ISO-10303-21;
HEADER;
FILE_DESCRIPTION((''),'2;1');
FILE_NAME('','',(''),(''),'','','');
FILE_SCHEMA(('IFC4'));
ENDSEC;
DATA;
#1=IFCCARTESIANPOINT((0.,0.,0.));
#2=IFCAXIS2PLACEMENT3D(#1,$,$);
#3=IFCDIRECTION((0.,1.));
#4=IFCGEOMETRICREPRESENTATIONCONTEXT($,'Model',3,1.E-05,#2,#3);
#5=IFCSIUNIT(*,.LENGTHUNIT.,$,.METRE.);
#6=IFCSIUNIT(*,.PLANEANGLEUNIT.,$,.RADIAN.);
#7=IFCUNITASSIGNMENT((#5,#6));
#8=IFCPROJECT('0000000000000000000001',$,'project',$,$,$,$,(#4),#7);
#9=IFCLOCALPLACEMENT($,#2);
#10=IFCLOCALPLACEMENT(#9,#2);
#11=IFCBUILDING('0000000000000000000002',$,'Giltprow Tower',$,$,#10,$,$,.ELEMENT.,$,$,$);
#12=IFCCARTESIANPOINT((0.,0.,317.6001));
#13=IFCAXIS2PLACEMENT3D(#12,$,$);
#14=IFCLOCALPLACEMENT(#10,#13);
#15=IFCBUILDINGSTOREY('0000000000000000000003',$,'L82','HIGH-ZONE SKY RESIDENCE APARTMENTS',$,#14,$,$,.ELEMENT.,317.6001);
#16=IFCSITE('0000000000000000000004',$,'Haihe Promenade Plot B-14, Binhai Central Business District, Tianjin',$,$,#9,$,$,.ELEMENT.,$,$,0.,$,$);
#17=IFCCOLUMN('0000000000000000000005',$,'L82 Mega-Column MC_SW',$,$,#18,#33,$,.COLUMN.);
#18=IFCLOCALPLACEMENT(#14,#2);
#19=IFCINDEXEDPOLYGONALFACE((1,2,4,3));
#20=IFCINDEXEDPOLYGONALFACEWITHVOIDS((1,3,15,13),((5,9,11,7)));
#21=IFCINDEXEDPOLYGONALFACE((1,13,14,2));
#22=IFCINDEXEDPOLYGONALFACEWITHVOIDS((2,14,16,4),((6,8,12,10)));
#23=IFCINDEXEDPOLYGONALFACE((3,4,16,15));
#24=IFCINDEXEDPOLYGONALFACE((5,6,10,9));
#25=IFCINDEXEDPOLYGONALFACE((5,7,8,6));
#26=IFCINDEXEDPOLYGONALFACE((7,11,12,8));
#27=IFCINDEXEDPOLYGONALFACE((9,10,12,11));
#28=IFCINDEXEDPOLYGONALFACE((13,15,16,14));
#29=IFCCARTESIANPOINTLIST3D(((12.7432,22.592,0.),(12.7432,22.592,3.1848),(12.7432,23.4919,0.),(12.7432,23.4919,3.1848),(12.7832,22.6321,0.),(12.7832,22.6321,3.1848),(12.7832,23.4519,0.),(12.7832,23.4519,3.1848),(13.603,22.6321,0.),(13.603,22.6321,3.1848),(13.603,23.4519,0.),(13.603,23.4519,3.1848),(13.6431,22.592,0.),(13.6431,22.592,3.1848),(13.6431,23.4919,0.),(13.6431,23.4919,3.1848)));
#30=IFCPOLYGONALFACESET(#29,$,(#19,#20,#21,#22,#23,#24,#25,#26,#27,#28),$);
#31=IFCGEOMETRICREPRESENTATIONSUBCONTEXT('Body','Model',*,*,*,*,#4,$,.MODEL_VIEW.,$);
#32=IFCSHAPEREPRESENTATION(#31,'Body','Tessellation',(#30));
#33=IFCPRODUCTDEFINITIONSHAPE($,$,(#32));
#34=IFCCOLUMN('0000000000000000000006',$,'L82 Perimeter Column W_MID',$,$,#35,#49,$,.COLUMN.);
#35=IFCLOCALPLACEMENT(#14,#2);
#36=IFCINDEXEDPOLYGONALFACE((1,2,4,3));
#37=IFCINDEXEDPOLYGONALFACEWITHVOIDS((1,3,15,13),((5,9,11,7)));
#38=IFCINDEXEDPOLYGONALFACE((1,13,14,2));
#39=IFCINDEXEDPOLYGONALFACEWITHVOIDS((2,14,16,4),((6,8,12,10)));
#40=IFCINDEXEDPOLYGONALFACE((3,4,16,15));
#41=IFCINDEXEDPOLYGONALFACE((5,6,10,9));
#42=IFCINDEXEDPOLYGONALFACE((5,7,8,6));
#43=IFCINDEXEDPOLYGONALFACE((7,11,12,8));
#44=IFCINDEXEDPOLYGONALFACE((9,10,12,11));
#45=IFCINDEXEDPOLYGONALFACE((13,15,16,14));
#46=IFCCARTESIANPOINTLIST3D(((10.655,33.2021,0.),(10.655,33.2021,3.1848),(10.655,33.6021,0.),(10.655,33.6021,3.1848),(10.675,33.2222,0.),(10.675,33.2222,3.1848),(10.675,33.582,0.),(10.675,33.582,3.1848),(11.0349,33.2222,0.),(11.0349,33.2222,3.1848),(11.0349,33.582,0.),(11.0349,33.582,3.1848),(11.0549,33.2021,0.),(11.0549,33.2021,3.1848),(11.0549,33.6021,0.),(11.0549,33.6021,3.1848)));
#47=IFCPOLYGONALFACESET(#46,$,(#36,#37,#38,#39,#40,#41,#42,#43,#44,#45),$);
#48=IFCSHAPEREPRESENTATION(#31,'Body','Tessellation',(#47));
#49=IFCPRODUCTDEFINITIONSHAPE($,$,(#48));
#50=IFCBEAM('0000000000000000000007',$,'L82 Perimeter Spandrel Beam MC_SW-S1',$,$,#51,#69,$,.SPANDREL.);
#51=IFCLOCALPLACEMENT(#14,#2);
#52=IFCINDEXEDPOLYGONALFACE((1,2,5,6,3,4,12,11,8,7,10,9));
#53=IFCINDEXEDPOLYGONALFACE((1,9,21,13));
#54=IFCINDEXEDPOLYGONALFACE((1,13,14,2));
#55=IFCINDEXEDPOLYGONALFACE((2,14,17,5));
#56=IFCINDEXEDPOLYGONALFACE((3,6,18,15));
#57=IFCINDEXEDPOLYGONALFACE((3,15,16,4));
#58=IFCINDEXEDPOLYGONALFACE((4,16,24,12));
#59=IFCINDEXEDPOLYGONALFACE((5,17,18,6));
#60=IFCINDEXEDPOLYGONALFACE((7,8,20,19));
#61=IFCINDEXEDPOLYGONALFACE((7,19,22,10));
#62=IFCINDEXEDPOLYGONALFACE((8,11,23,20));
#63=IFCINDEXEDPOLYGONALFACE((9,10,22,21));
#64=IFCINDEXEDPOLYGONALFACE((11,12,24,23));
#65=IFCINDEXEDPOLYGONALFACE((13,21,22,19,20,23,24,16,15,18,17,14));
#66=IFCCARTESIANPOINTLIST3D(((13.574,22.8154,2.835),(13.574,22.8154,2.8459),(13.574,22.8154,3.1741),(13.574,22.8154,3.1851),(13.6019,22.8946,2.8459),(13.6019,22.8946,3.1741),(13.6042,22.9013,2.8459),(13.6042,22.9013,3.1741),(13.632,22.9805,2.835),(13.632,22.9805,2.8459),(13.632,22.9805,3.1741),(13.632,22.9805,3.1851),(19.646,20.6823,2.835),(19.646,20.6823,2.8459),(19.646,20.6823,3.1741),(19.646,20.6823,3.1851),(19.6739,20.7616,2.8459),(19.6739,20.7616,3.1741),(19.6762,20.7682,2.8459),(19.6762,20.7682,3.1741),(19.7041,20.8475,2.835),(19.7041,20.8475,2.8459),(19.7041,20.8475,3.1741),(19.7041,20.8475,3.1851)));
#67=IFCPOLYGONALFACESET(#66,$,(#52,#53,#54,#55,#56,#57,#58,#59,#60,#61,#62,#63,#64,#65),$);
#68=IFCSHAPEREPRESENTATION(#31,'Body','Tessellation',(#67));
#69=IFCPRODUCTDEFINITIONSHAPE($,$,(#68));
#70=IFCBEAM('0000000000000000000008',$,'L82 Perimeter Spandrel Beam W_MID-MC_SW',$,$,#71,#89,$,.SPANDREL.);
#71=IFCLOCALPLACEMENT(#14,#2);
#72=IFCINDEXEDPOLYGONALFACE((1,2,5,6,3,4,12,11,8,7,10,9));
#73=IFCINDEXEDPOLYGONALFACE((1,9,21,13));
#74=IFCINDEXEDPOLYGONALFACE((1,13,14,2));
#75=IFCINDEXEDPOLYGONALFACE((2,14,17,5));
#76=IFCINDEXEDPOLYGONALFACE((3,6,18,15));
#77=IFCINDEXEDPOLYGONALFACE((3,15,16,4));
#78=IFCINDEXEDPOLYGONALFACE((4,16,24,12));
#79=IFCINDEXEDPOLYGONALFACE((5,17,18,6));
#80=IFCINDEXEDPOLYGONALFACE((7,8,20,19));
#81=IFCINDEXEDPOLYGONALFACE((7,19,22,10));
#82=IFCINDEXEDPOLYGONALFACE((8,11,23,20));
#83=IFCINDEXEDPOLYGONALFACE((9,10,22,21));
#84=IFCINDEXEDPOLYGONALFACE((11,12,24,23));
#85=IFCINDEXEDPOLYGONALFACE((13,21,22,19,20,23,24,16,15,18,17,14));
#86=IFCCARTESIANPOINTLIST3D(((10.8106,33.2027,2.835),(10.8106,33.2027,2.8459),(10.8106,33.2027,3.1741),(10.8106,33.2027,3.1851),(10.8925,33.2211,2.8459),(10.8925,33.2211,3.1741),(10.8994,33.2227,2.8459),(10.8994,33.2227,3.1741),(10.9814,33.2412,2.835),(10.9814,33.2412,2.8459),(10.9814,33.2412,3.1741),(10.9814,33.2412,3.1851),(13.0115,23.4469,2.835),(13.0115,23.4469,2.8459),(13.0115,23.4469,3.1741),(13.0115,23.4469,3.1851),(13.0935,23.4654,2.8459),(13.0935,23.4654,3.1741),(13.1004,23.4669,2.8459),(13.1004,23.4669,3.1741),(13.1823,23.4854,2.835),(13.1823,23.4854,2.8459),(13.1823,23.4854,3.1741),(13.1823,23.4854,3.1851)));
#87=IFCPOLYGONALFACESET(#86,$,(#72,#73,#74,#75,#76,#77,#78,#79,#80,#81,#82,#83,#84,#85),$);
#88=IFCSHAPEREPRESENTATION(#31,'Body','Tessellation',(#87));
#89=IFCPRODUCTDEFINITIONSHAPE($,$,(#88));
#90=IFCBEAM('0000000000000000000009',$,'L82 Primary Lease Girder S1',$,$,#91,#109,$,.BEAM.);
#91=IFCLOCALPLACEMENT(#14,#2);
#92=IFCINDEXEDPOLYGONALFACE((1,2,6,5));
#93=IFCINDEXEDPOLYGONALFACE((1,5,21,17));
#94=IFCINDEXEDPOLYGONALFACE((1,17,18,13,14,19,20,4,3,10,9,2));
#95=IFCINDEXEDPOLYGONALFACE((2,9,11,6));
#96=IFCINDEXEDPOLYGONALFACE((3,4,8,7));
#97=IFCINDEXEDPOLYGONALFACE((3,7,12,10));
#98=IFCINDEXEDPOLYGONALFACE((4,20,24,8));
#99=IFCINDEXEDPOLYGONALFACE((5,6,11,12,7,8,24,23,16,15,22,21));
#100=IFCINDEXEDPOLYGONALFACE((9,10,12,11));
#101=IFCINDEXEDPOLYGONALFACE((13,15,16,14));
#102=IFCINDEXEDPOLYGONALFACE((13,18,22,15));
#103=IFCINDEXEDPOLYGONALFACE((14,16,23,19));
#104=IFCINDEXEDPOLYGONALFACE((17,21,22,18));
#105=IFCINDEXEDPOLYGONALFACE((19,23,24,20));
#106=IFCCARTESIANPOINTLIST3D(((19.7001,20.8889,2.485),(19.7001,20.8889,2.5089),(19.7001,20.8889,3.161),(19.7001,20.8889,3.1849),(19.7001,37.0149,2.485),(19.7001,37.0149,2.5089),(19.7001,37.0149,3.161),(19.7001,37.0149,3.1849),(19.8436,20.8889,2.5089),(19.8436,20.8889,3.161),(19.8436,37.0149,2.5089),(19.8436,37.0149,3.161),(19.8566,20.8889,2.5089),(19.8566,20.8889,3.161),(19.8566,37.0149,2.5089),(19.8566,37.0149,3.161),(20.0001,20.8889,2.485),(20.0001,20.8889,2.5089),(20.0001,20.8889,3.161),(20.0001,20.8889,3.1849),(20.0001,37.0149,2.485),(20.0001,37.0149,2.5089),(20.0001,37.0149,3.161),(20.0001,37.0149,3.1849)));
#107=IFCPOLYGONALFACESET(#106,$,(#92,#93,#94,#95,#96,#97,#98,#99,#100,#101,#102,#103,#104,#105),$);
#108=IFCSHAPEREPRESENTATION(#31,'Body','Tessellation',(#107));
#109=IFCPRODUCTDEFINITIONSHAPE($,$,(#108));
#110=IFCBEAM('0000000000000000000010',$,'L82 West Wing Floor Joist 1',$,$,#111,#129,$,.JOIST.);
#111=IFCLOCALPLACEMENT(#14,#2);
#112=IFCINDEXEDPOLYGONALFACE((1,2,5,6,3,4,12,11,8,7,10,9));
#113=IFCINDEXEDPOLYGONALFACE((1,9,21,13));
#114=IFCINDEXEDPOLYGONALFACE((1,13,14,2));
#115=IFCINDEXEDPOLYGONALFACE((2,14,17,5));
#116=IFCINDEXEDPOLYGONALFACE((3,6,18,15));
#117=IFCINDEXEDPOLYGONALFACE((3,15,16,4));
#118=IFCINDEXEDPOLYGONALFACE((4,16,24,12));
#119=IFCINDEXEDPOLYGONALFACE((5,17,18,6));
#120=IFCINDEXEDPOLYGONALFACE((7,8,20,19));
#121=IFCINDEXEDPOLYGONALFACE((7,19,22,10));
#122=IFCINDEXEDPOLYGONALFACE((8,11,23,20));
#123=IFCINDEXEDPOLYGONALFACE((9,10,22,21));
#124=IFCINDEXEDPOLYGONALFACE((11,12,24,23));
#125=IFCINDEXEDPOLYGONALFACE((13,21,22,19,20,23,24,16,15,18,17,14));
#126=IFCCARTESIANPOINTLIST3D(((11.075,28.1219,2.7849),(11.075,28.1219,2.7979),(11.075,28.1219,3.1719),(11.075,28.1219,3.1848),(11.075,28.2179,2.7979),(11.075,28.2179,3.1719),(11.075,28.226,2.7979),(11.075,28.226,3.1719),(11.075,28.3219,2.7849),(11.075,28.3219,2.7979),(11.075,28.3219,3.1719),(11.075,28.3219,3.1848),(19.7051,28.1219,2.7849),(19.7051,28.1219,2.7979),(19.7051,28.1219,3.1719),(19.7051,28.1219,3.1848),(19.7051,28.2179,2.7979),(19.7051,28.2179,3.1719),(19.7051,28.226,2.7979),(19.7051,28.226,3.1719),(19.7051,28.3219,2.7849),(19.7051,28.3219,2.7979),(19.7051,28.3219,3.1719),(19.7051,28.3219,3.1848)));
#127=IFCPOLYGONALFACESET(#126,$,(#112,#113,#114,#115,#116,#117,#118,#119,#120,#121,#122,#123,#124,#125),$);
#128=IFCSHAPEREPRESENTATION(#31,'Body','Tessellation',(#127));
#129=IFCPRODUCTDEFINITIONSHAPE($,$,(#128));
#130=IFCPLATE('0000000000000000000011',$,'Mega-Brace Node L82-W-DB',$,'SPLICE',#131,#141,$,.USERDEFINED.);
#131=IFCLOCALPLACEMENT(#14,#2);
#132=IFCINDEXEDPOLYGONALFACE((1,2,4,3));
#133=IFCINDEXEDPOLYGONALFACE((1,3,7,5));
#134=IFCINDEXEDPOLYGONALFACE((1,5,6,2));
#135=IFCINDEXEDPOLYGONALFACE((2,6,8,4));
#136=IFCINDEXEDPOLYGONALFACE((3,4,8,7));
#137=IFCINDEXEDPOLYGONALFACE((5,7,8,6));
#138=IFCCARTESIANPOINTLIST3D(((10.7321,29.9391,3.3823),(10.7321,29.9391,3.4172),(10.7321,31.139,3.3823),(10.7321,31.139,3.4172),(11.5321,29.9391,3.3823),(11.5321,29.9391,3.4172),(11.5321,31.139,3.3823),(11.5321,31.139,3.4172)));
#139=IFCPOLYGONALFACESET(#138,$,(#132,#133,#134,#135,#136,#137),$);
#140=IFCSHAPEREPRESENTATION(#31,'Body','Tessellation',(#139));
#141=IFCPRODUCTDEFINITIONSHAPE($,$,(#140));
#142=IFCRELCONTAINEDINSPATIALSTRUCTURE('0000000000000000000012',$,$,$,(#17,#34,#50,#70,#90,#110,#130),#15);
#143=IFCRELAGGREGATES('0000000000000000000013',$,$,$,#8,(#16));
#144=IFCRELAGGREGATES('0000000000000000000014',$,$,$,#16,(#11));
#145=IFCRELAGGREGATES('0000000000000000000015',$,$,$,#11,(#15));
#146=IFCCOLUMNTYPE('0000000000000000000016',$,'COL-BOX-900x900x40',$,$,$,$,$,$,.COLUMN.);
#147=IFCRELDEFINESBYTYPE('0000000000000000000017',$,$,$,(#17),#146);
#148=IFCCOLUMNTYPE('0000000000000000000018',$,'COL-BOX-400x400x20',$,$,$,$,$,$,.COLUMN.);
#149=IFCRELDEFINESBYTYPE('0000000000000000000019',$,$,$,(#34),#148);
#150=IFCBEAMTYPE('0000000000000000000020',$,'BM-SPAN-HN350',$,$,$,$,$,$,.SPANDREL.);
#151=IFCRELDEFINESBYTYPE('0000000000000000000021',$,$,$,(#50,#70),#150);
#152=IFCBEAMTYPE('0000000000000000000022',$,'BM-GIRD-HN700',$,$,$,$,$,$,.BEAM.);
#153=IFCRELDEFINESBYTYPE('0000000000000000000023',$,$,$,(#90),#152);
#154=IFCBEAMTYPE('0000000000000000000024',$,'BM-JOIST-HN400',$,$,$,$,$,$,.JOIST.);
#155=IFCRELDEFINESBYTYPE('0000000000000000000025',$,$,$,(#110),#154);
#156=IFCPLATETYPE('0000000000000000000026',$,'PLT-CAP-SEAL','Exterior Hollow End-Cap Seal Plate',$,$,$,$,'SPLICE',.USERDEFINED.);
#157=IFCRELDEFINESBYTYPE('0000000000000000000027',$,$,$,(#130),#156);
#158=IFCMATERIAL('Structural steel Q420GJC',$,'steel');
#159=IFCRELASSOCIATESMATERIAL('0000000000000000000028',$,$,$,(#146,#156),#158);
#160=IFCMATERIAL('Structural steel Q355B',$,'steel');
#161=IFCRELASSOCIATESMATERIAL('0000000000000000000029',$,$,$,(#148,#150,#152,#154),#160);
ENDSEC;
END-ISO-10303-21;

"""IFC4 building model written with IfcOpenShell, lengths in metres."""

from ifc_helpers import new_model, si_unit, direction, frame, origin, origin_2d, place, context, subcontext, project, spatial, rectangle, hollow_rectangle, i_section, extrude, source, transform, mapped, material, material_profile, profile_set, type_object, element, save


model = new_model("IFC4")

# Units and contexts
model_context = context("Model", 3, precision=1e-05, world=origin(), true_north=direction((0.0, 1.0)))
body_context = subcontext(model_context, "Body", "Model", "MODEL_VIEW")
ifc_project = project(units=[si_unit("LENGTHUNIT", "METRE"), si_unit("PLANEANGLEUNIT", "RADIAN")], contexts=[model_context])

# Site, building, storey
site_placement = place(None, origin())
site = spatial("IfcSite", under=ifc_project, at=site_placement, Name="Haihe Promenade Plot B-14, Binhai Central Business District, Tianjin", CompositionType="ELEMENT", RefElevation=0.0)
building_placement = place(site_placement, origin())
building = spatial("IfcBuilding", under=site, at=building_placement, Name="Giltprow Tower", CompositionType="ELEMENT")
storey_placement = place(building_placement, frame((0.0, 0.0, 317.6001)))
storey = spatial("IfcBuildingStorey", under=building, at=storey_placement, Name="L82", Description="HIGH-ZONE SKY RESIDENCE APARTMENTS", CompositionType="ELEMENT", Elevation=317.6001)

# Columns
ifc_material_1 = material(Name="Structural steel Q420GJC", Category="steel")
ifc_material_profile_1 = material_profile(ifc_material_1, hollow_rectangle(XDim=0.8999, YDim=0.8999, WallThickness=0.04, at=origin_2d()), Name="BOX 900x900x40")
ifc_profile_set_1 = profile_set([ifc_material_profile_1], Name="Structural steel Q420GJC")
column_type_1 = type_object("IfcColumnType", Name="COL-BOX-900x900x40", PredefinedType="COLUMN", material=ifc_profile_set_1)
shared_shape_1 = source(origin(), body_context, "Body", "SweptSolid", [
    extrude(hollow_rectangle(XDim=0.8999, YDim=0.8999, WallThickness=0.04, at=origin_2d()), origin(), (0.0, 0.0, 1.0), 3.1848),
])
column_1_placement = place(storey_placement, frame((13.1931, 23.042, 0.0), z_axis=(0.0, 0.0, 1.0), x_axis=(1.0, 0.0, 0.0)))
element("IfcColumn", 1, at=column_1_placement, inside=storey, type_object=column_type_1, Name="L82 Mega-Column MC_SW", PredefinedType="COLUMN", context=body_context, shape_type="MappedRepresentation", body=[
    mapped(shared_shape_1, transform((0.0, 0.0, 0.0), x_axis=(1.0, 0.0, 0.0), y_axis=(0.0, 1.0, 0.0), z_axis=(0.0, 0.0, 1.0), scale=1.0)),
])
ifc_material_2 = material(Name="Structural steel Q355B", Category="steel")
ifc_material_profile_2 = material_profile(ifc_material_2, hollow_rectangle(XDim=0.3999, YDim=0.3999, WallThickness=0.02, at=origin_2d()), Name="BOX 400x400x20")
ifc_profile_set_2 = profile_set([ifc_material_profile_2], Name="Structural steel Q355B")
column_type_2 = type_object("IfcColumnType", Name="COL-BOX-400x400x20", PredefinedType="COLUMN", material=ifc_profile_set_2)
shared_shape_2 = source(origin(), body_context, "Body", "SweptSolid", [
    extrude(hollow_rectangle(XDim=0.3999, YDim=0.3999, WallThickness=0.02, at=origin_2d()), origin(), (0.0, 0.0, 1.0), 3.1848),
])
column_2_placement = place(storey_placement, frame((10.855, 33.4021, 0.0), z_axis=(0.0, 0.0, 1.0), x_axis=(1.0, 0.0, 0.0)))
element("IfcColumn", 2, at=column_2_placement, inside=storey, type_object=column_type_2, Name="L82 Perimeter Column W_MID", PredefinedType="COLUMN", context=body_context, shape_type="MappedRepresentation", body=[
    mapped(shared_shape_2, transform((0.0, 0.0, 0.0), x_axis=(1.0, 0.0, 0.0), y_axis=(0.0, 1.0, 0.0), z_axis=(0.0, 0.0, 1.0), scale=1.0)),
])

# Beams
ifc_material_profile_3 = material_profile(ifc_material_2, i_section(OverallWidth=0.175, OverallDepth=0.3501, WebThickness=0.0071, FlangeThickness=0.011, at=origin_2d()), Name="HN 350x175x7x11")
ifc_profile_set_3 = profile_set([ifc_material_profile_3], Name="Structural steel Q355B")
beam_type_1 = type_object("IfcBeamType", Name="BM-SPAN-HN350", PredefinedType="SPANDREL", material=ifc_profile_set_3)
shared_shape_3 = source(origin(), body_context, "Body", "SweptSolid", [
    extrude(i_section(OverallWidth=0.175, OverallDepth=0.3501, WebThickness=0.0071, FlangeThickness=0.011, at=origin_2d()), origin(), (0.0, 0.0, 1.0), 6.4358),
])
beam_1_placement = place(storey_placement, frame((13.603, 22.8979, 3.01), z_axis=(0.943477, -0.331437, 0.0), x_axis=(0.331437, 0.943477, 0.0)))
element("IfcBeam", 3, at=beam_1_placement, inside=storey, type_object=beam_type_1, Name="L82 Perimeter Spandrel Beam MC_SW-S1", PredefinedType="SPANDREL", context=body_context, shape_type="MappedRepresentation", body=[
    mapped(shared_shape_3, transform((0.0, 0.0, 0.0), x_axis=(1.0, 0.0, 0.0), y_axis=(0.0, 1.0, 0.0), z_axis=(0.0, 0.0, 1.0), scale=1.0)),
])
shared_shape_4 = source(origin(), body_context, "Body", "SweptSolid", [
    extrude(i_section(OverallWidth=0.175, OverallDepth=0.3501, WebThickness=0.0071, FlangeThickness=0.011, at=origin_2d()), origin(), (0.0, 0.0, 1.0), 10.001),
])
beam_2_placement = place(storey_placement, frame((10.896, 33.2219, 3.01), z_axis=(0.22007, -0.975484, 0.0), x_axis=(0.975484, 0.22007, 0.0)))
element("IfcBeam", 4, at=beam_2_placement, inside=storey, type_object=beam_type_1, Name="L82 Perimeter Spandrel Beam W_MID-MC_SW", PredefinedType="SPANDREL", context=body_context, shape_type="MappedRepresentation", body=[
    mapped(shared_shape_4, transform((0.0, 0.0, 0.0), x_axis=(1.0, 0.0, 0.0), y_axis=(0.0, 1.0, 0.0), z_axis=(0.0, 0.0, 1.0), scale=1.0)),
])
ifc_material_profile_4 = material_profile(ifc_material_2, i_section(OverallWidth=0.3, OverallDepth=0.7, WebThickness=0.0129, FlangeThickness=0.0239, at=origin_2d()), Name="HN 700x300x13x24")
ifc_profile_set_4 = profile_set([ifc_material_profile_4], Name="Structural steel Q355B")
beam_type_2 = type_object("IfcBeamType", Name="BM-GIRD-HN700", PredefinedType="BEAM", material=ifc_profile_set_4)
shared_shape_5 = source(origin(), body_context, "Body", "SweptSolid", [
    extrude(i_section(OverallWidth=0.3, OverallDepth=0.7, WebThickness=0.0129, FlangeThickness=0.0239, at=origin_2d()), origin(), (0.0, 0.0, 1.0), 16.126),
])
beam_3_placement = place(storey_placement, frame((19.8501, 20.8889, 2.835), z_axis=(0.0, 1.0, 0.0), x_axis=(-1.0, 0.0, 0.0)))
element("IfcBeam", 5, at=beam_3_placement, inside=storey, type_object=beam_type_2, Name="L82 Primary Lease Girder S1", PredefinedType="BEAM", context=body_context, shape_type="MappedRepresentation", body=[
    mapped(shared_shape_5, transform((0.0, 0.0, 0.0), x_axis=(1.0, 0.0, 0.0), y_axis=(0.0, 1.0, 0.0), z_axis=(0.0, 0.0, 1.0), scale=1.0)),
])
ifc_material_profile_5 = material_profile(ifc_material_2, i_section(OverallWidth=0.2, OverallDepth=0.3999, WebThickness=0.0081, FlangeThickness=0.0129, at=origin_2d()), Name="HN 400x200x8x13")
ifc_profile_set_5 = profile_set([ifc_material_profile_5], Name="Structural steel Q355B")
beam_type_3 = type_object("IfcBeamType", Name="BM-JOIST-HN400", PredefinedType="JOIST", material=ifc_profile_set_5)
shared_shape_6 = source(origin(), body_context, "Body", "SweptSolid", [
    extrude(i_section(OverallWidth=0.2, OverallDepth=0.3999, WebThickness=0.0081, FlangeThickness=0.0129, at=origin_2d()), origin(), (0.0, 0.0, 1.0), 8.6301),
])
beam_4_placement = place(storey_placement, frame((11.075, 28.2219, 2.9849), z_axis=(1.0, 0.0, 0.0), x_axis=(0.0, 1.0, 0.0)))
element("IfcBeam", 6, at=beam_4_placement, inside=storey, type_object=beam_type_3, Name="L82 West Wing Floor Joist 1", PredefinedType="JOIST", context=body_context, shape_type="MappedRepresentation", body=[
    mapped(shared_shape_6, transform((0.0, 0.0, 0.0), x_axis=(1.0, 0.0, 0.0), y_axis=(0.0, 1.0, 0.0), z_axis=(0.0, 0.0, 1.0), scale=1.0)),
])

# Plate
plate_type = type_object("IfcPlateType", Name="PLT-CAP-SEAL", Description="Exterior Hollow End-Cap Seal Plate", ElementType="SPLICE", PredefinedType="USERDEFINED", material=ifc_material_1)
shared_shape_7 = source(origin(), body_context, "Body", "SweptSolid", [
    extrude(rectangle(XDim=1.2, YDim=0.8, at=origin_2d()), origin(), (0.0, 0.0, 1.0), 0.0349),
])
plate_placement = place(storey_placement, frame((11.1321, 30.5391, 3.3823), z_axis=(0.0, 0.0, 1.0), x_axis=(0.0, 1.0, 0.0)))
element("IfcPlate", 7, at=plate_placement, inside=storey, type_object=plate_type, Name="Mega-Brace Node L82-W-DB", ObjectType="SPLICE", PredefinedType="USERDEFINED", context=body_context, shape_type="MappedRepresentation", body=[
    mapped(shared_shape_7, transform((0.0, 0.0, 0.0), x_axis=(1.0, 0.0, 0.0), y_axis=(0.0, 1.0, 0.0), z_axis=(0.0, 0.0, 1.0), scale=1.0)),
])

save(model, "model.ifc")
